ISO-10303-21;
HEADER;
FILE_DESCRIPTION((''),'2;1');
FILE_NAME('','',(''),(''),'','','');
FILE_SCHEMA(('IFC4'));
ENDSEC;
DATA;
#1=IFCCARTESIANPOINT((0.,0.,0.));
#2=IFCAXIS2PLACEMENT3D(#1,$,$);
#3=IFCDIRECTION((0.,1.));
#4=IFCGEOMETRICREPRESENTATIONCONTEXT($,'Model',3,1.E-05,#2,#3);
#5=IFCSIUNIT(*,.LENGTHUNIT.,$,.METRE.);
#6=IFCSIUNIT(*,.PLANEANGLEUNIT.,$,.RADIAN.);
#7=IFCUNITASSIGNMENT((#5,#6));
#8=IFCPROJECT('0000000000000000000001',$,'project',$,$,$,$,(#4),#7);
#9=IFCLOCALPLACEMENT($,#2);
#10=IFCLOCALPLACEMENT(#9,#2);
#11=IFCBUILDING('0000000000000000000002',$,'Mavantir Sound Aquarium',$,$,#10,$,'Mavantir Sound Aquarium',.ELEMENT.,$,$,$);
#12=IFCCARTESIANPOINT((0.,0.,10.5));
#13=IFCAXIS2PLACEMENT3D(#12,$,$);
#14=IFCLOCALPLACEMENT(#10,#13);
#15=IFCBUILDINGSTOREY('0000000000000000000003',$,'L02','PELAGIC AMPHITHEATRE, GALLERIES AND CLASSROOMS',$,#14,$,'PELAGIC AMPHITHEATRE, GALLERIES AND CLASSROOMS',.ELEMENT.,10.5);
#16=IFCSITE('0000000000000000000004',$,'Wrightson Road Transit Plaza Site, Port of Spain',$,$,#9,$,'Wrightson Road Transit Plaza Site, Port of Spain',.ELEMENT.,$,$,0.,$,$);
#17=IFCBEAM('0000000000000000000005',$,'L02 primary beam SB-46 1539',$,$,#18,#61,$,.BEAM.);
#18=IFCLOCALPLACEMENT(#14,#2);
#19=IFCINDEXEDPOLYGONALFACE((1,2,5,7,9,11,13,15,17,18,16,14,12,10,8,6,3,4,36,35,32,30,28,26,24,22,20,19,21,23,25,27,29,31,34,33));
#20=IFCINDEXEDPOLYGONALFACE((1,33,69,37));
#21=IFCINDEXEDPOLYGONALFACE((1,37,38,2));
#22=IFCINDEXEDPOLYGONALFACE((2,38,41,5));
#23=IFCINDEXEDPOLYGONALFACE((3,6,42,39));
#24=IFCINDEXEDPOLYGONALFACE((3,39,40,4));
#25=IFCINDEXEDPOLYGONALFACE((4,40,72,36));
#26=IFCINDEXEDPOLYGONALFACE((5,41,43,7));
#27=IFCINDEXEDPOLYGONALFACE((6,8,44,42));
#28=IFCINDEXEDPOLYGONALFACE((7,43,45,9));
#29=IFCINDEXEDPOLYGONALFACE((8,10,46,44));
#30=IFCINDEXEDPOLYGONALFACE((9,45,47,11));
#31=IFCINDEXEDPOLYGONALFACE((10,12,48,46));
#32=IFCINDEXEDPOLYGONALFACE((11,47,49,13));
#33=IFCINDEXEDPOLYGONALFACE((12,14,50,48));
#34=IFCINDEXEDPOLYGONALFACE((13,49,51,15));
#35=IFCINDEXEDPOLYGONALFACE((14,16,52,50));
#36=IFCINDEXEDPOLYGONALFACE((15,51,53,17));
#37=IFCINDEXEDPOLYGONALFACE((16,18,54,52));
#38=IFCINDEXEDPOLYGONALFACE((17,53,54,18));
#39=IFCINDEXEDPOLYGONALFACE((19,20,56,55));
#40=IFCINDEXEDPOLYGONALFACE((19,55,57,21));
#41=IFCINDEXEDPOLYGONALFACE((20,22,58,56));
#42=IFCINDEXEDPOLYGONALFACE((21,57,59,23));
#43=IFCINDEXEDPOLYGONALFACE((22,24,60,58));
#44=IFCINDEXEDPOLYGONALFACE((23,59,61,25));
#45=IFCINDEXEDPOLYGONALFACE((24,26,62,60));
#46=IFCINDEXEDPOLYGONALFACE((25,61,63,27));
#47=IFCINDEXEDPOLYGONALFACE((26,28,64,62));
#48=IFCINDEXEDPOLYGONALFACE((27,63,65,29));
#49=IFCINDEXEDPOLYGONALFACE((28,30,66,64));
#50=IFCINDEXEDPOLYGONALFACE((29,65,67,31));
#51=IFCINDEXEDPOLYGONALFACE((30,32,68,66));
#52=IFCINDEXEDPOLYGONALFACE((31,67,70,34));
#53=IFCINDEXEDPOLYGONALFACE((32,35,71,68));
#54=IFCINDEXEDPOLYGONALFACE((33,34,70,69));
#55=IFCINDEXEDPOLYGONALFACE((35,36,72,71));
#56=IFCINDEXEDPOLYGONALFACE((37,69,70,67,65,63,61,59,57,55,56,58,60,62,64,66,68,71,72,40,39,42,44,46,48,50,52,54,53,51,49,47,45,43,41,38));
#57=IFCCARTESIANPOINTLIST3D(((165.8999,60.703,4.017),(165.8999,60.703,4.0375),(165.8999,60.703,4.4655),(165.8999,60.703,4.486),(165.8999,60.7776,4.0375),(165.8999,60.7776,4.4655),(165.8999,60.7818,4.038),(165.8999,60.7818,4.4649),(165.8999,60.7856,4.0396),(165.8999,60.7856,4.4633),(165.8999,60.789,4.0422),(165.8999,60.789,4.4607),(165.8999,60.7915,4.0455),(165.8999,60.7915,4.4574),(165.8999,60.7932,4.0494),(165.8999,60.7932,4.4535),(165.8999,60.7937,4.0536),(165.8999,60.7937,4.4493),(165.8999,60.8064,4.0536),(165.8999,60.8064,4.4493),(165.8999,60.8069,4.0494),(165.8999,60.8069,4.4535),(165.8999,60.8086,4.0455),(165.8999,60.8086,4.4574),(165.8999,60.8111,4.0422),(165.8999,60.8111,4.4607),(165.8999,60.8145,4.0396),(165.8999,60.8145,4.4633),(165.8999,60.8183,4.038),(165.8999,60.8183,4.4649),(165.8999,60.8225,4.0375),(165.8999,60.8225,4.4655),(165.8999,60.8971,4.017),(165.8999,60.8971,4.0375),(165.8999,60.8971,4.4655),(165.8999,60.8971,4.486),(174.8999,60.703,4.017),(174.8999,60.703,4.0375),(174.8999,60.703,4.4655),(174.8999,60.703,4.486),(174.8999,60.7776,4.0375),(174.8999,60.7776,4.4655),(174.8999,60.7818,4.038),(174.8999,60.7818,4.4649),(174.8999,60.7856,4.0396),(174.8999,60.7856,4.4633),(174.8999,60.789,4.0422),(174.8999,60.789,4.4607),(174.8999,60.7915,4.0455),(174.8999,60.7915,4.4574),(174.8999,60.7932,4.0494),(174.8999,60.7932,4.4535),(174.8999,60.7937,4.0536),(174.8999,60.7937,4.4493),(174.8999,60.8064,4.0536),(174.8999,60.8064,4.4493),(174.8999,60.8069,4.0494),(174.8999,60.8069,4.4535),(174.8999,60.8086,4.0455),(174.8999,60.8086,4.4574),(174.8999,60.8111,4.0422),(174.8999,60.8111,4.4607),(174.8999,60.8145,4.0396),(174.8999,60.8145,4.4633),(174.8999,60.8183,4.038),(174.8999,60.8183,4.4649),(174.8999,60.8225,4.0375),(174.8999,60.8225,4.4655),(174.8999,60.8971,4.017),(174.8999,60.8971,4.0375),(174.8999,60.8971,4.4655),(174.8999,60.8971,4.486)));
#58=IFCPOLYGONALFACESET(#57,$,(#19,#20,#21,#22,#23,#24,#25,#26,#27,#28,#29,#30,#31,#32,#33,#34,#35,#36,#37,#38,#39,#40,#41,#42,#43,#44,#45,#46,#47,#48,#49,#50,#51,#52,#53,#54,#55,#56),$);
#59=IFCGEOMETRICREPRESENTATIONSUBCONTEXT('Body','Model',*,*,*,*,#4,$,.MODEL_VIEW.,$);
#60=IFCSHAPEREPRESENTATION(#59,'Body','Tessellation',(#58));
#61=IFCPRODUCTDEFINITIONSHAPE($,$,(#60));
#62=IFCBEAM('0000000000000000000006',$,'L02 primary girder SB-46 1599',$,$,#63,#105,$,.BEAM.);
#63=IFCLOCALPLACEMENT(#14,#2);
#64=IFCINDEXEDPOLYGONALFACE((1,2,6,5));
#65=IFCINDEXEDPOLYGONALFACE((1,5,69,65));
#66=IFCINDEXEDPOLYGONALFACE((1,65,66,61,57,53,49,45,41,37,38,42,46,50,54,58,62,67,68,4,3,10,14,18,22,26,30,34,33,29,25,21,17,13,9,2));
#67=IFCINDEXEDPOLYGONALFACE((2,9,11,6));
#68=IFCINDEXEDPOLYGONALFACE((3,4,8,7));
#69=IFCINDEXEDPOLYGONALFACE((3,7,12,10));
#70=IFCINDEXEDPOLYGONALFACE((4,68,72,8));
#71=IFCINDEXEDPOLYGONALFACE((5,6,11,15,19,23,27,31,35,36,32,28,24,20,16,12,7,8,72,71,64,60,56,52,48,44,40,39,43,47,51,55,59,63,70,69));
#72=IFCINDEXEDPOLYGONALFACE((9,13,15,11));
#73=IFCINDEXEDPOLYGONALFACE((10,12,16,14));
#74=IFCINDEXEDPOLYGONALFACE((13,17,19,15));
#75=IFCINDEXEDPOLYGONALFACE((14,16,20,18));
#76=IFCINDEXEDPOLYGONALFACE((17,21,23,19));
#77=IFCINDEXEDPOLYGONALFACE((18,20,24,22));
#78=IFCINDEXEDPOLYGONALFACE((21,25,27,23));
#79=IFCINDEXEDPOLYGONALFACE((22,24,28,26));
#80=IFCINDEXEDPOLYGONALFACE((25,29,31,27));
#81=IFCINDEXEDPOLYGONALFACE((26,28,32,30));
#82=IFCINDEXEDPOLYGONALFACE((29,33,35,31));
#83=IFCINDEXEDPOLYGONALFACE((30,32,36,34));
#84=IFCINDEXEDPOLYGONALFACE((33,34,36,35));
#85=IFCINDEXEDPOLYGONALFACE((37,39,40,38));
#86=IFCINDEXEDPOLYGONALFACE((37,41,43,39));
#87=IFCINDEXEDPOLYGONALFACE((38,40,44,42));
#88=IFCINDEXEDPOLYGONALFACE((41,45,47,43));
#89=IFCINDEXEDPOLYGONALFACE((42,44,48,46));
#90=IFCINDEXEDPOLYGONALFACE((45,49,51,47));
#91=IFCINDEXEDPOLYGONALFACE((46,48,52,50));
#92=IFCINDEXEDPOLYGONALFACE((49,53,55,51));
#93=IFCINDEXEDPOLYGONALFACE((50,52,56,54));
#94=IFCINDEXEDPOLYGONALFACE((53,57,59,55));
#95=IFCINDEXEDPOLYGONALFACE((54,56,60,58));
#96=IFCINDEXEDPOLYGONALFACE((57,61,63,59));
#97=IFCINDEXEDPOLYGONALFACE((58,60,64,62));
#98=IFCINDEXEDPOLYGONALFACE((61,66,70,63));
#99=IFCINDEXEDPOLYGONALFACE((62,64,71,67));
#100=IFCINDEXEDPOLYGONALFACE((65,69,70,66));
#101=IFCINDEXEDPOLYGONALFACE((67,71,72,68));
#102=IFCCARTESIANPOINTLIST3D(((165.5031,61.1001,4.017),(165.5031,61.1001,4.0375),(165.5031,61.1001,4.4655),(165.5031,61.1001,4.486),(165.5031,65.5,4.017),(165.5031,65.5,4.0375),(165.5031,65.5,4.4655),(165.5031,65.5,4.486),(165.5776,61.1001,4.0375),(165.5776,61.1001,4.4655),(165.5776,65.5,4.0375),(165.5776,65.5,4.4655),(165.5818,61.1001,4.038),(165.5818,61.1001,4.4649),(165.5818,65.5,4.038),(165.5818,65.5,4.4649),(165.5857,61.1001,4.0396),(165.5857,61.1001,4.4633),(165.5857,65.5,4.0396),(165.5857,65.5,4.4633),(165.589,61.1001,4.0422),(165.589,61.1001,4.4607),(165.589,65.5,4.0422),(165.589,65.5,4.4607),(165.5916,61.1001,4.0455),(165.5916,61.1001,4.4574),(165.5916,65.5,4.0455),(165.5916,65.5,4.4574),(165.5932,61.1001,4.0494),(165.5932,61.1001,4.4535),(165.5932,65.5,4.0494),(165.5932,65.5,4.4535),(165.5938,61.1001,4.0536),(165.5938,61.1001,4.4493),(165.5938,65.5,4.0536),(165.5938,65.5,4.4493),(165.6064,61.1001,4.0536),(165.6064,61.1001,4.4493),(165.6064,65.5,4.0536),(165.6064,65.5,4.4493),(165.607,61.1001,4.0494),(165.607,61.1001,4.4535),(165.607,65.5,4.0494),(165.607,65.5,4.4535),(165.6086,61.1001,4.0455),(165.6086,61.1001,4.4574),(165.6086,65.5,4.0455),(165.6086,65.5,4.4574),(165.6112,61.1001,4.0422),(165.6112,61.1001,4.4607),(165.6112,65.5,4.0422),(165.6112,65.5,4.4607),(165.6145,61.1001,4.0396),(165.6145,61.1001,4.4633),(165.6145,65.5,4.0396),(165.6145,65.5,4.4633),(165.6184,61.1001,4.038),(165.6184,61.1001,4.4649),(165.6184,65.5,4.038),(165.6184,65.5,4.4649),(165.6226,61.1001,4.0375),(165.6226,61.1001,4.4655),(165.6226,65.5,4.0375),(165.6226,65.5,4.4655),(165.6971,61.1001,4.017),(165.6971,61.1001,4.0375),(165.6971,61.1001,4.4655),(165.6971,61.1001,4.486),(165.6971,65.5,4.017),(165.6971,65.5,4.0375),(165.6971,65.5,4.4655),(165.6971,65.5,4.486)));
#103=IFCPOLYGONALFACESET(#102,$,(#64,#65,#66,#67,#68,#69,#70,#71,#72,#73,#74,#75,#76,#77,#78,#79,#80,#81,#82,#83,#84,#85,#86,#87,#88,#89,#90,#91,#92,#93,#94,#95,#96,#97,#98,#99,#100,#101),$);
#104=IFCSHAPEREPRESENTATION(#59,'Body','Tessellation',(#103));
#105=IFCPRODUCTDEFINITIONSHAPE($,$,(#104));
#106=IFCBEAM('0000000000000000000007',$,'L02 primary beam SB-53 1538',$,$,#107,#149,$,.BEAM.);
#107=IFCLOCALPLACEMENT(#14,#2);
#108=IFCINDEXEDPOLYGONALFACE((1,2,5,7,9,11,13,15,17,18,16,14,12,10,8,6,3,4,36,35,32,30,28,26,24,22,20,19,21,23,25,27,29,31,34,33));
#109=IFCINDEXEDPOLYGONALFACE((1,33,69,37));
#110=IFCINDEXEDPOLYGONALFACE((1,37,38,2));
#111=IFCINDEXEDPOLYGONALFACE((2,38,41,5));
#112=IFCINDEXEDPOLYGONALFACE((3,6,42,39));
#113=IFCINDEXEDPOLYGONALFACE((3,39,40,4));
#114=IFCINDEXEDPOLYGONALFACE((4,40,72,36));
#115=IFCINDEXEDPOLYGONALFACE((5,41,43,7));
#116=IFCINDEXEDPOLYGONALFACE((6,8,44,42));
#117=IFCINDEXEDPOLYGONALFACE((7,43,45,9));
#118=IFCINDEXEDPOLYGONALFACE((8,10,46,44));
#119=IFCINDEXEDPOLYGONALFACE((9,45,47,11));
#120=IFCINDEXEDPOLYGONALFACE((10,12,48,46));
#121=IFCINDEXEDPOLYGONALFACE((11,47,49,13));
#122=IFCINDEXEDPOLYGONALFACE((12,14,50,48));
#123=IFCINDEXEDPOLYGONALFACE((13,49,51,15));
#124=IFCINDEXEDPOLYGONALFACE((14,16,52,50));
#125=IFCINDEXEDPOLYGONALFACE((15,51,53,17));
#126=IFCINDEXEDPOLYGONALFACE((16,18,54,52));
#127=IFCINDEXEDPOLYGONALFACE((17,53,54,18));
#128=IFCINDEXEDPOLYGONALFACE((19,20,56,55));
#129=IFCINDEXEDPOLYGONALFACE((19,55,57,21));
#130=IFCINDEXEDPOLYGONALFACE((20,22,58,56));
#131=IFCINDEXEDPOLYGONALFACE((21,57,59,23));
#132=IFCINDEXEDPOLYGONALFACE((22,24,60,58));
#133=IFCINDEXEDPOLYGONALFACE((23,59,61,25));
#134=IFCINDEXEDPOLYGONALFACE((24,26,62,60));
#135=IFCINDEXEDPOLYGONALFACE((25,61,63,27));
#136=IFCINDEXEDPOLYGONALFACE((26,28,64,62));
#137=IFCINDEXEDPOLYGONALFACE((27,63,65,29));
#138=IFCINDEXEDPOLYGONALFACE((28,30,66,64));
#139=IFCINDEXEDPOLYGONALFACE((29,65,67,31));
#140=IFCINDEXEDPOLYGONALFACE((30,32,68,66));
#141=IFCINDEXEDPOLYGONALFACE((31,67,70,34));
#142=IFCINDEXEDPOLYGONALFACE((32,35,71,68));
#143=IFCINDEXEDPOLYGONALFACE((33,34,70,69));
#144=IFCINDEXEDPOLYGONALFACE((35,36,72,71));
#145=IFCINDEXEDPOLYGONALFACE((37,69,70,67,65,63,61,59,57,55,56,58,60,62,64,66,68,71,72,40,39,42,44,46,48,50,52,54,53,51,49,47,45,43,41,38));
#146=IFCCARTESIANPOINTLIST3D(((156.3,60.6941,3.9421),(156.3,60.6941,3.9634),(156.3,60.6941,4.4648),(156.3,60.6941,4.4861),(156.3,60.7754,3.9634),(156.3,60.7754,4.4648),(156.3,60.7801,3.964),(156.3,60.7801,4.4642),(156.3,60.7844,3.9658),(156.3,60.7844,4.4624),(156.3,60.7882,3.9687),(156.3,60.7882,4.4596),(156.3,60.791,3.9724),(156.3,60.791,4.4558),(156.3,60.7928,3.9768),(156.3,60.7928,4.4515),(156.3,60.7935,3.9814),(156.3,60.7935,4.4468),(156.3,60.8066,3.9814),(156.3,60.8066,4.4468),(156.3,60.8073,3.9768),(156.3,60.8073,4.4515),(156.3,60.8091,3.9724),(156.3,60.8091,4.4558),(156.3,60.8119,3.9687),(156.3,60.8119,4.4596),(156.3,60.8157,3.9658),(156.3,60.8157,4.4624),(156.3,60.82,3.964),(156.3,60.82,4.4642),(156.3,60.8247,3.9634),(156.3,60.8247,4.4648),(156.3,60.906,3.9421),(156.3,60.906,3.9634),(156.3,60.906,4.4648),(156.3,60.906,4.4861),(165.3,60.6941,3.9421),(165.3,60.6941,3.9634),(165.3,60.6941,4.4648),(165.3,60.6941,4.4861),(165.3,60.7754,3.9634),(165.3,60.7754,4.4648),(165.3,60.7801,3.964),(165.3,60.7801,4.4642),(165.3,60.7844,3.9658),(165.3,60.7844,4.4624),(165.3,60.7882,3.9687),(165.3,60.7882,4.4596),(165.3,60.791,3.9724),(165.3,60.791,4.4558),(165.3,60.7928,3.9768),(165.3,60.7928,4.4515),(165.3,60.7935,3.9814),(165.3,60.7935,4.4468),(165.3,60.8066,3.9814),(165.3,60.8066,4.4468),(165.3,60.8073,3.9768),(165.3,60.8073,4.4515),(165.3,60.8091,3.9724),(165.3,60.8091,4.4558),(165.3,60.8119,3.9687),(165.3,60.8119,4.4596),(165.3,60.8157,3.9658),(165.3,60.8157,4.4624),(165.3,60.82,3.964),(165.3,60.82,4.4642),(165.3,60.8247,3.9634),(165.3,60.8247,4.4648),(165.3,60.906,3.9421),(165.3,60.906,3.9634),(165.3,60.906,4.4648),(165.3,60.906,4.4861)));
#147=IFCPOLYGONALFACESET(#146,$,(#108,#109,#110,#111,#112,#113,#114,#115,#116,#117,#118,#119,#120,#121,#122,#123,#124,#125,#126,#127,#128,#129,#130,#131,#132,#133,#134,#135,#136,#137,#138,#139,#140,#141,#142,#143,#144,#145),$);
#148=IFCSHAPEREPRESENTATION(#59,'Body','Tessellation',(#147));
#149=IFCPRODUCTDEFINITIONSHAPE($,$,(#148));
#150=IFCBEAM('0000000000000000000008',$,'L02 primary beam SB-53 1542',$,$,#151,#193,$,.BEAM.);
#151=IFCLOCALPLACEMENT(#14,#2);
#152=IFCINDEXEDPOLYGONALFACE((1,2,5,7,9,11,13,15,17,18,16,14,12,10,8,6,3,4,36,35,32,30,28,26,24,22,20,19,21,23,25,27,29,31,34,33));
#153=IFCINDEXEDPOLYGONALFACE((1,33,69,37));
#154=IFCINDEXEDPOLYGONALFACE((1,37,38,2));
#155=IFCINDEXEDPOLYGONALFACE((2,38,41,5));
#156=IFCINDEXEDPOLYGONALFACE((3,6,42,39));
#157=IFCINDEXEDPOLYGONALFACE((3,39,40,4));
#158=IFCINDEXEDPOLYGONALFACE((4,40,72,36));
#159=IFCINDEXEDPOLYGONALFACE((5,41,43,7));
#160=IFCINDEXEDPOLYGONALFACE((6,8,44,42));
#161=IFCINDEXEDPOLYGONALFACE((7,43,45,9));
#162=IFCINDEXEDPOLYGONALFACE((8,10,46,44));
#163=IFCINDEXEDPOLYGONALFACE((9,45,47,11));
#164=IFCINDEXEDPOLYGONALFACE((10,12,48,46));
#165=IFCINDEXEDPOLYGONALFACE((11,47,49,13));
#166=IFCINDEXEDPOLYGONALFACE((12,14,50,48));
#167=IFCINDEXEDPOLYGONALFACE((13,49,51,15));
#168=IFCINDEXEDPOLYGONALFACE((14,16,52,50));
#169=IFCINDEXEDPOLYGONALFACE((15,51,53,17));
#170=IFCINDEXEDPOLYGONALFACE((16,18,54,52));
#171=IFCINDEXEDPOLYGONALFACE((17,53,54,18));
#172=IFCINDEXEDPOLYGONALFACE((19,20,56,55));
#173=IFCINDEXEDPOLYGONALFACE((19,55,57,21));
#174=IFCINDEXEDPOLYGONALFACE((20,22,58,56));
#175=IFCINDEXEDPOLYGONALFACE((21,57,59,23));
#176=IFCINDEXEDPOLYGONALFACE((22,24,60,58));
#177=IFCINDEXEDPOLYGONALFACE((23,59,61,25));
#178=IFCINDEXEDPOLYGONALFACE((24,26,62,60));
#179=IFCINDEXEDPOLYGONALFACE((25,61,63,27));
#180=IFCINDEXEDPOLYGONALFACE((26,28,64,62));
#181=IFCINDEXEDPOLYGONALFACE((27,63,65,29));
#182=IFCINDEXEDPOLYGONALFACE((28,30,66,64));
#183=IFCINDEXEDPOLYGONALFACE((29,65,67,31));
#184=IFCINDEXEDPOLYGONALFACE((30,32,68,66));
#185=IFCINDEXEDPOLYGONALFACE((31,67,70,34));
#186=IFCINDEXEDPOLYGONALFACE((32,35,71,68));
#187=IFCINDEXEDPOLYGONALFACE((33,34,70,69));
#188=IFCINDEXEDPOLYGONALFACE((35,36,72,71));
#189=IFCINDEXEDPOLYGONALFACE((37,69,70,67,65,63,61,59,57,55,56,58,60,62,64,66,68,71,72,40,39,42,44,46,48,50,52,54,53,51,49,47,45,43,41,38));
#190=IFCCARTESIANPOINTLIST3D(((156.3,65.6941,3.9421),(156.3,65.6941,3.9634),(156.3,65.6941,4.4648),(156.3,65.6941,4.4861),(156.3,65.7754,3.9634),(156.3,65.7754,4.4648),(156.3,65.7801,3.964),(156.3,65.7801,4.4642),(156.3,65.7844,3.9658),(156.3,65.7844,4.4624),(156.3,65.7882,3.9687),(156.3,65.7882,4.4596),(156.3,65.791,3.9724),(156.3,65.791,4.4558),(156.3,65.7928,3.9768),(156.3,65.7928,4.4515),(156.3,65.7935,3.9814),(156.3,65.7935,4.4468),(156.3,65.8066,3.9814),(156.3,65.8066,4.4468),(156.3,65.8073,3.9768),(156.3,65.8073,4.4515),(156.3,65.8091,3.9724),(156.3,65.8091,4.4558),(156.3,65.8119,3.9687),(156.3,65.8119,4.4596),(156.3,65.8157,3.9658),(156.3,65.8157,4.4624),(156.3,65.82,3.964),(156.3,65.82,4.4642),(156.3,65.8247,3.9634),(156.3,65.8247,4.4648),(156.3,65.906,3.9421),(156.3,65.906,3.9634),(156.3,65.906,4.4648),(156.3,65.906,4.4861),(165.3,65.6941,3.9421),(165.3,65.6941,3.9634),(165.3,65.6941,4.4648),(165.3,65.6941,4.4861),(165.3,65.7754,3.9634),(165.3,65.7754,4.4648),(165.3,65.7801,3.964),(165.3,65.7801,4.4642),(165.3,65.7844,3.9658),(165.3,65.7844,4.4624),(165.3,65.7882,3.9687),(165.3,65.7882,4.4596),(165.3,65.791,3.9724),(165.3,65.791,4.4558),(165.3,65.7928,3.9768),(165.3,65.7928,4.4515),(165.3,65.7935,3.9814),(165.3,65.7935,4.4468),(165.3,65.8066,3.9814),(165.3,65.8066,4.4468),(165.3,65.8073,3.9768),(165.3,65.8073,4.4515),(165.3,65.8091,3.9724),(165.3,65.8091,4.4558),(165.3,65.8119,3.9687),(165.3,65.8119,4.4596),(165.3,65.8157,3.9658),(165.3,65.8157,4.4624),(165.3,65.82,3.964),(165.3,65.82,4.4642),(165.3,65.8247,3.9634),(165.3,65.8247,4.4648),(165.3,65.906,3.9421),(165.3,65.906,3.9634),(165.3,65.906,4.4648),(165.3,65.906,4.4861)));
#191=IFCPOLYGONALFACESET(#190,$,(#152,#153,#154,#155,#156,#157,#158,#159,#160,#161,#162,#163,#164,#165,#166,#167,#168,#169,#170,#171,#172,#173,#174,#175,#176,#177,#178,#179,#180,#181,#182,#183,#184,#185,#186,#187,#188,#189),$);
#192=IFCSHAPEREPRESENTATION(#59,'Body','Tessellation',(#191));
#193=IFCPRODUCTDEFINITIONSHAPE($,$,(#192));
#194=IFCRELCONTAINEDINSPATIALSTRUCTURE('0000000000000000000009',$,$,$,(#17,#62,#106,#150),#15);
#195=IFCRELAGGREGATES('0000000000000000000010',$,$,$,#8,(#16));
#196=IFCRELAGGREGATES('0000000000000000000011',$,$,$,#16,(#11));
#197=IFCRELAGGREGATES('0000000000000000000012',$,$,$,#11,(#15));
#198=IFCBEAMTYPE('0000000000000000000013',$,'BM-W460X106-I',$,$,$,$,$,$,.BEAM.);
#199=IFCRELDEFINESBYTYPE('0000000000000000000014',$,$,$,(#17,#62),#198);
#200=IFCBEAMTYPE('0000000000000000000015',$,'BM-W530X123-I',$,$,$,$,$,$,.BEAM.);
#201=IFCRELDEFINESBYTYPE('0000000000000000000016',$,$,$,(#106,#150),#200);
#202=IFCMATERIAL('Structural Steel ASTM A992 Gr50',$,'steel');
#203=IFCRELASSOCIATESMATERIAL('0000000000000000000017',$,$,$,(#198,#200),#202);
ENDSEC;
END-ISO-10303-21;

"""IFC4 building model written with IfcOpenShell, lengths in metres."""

from ifc_helpers import new_model, si_unit, direction, frame, origin, origin_2d, place, context, subcontext, project, spatial, i_section, extrude, material, material_profile, profile_set, type_object, element, save


model = new_model("IFC4")

# Units and contexts
model_context = context("Model", 3, precision=1e-05, world=origin(), true_north=direction((0.0, 1.0)))
body_context = subcontext(model_context, "Body", "Model", "MODEL_VIEW")
ifc_project = project(units=[si_unit("LENGTHUNIT", "METRE"), si_unit("PLANEANGLEUNIT", "RADIAN")], contexts=[model_context])

# Site, building, storey
site_placement = place(None, origin())
site = spatial("IfcSite", under=ifc_project, at=site_placement, Name="Wrightson Road Transit Plaza Site, Port of Spain", LongName="Wrightson Road Transit Plaza Site, Port of Spain", CompositionType="ELEMENT", RefElevation=0.0)
building_placement = place(site_placement, origin())
building = spatial("IfcBuilding", under=site, at=building_placement, Name="Mavantir Sound Aquarium", LongName="Mavantir Sound Aquarium", CompositionType="ELEMENT")
storey_placement = place(building_placement, frame((0.0, 0.0, 10.5)))
storey = spatial("IfcBuildingStorey", under=building, at=storey_placement, Name="L02", Description="PELAGIC AMPHITHEATRE, GALLERIES AND CLASSROOMS", LongName="PELAGIC AMPHITHEATRE, GALLERIES AND CLASSROOMS", CompositionType="ELEMENT", Elevation=10.5)

# Beams
ifc_material_1 = material(Name="Structural Steel ASTM A992 Gr50", Category="steel")
ifc_material_profile_1 = material_profile(ifc_material_1, i_section(OverallWidth=0.1941, OverallDepth=0.469, WebThickness=0.0127, FlangeThickness=0.0205, FilletRadius=0.0161, at=origin_2d()), Name="W460X106")
ifc_profile_set_1 = profile_set([ifc_material_profile_1], Name="Structural Steel ASTM A992 Gr50")
beam_type_1 = type_object("IfcBeamType", Name="BM-W460X106-I", PredefinedType="BEAM", material=ifc_profile_set_1)
beam_1_placement = place(storey_placement, frame((165.8999, 60.8, 4.2515), z_axis=(1.0, 0.0, 0.0), x_axis=(0.0, 1.0, 0.0)))
element("IfcBeam", 1, at=beam_1_placement, inside=storey, type_object=beam_type_1, Name="L02 primary beam SB-46 1539", PredefinedType="BEAM", context=body_context, shape_type="SweptSolid", body=[
    extrude(i_section(OverallWidth=0.1941, OverallDepth=0.469, WebThickness=0.0127, FlangeThickness=0.0205, FilletRadius=0.0161, at=origin_2d()), origin(), (0.0, 0.0, 1.0), 9.0),
])
beam_2_placement = place(storey_placement, frame((165.6001, 61.1001, 4.2515), z_axis=(0.0, 1.0, 0.0), x_axis=(-1.0, 0.0, 0.0)))
element("IfcBeam", 2, at=beam_2_placement, inside=storey, type_object=beam_type_1, Name="L02 primary girder SB-46 1599", PredefinedType="BEAM", context=body_context, shape_type="SweptSolid", body=[
    extrude(i_section(OverallWidth=0.1941, OverallDepth=0.469, WebThickness=0.0127, FlangeThickness=0.0205, FilletRadius=0.0161, at=origin_2d()), origin(), (0.0, 0.0, 1.0), 4.3999),
])
ifc_material_profile_2 = material_profile(ifc_material_1, i_section(OverallWidth=0.2119, OverallDepth=0.5439, WebThickness=0.0132, FlangeThickness=0.0212, FilletRadius=0.0181, at=origin_2d()), Name="W530X123")
ifc_profile_set_2 = profile_set([ifc_material_profile_2], Name="Structural Steel ASTM A992 Gr50")
beam_type_2 = type_object("IfcBeamType", Name="BM-W530X123-I", PredefinedType="BEAM", material=ifc_profile_set_2)
for number, where, z_axis, x_axis, name in (
    (3, (156.3, 60.8, 4.2141), (1.0, 0.0, 0.0), (0.0, 1.0, 0.0), "L02 primary beam SB-53 1538"),
    (4, (156.3, 65.8, 4.2141), (1.0, 0.0, 0.0), (0.0, 1.0, 0.0), "L02 primary beam SB-53 1542"),
):
    element("IfcBeam", number, at=place(storey_placement, frame(where, z_axis=z_axis, x_axis=x_axis)), inside=storey, type_object=beam_type_2, Name=name, PredefinedType="BEAM", context=body_context, shape_type="SweptSolid", body=[
        extrude(i_section(OverallWidth=0.2119, OverallDepth=0.5439, WebThickness=0.0132, FlangeThickness=0.0212, FilletRadius=0.0181, at=origin_2d()), origin(), (0.0, 0.0, 1.0), 9.0),
    ])

save(model, "model.ifc")
